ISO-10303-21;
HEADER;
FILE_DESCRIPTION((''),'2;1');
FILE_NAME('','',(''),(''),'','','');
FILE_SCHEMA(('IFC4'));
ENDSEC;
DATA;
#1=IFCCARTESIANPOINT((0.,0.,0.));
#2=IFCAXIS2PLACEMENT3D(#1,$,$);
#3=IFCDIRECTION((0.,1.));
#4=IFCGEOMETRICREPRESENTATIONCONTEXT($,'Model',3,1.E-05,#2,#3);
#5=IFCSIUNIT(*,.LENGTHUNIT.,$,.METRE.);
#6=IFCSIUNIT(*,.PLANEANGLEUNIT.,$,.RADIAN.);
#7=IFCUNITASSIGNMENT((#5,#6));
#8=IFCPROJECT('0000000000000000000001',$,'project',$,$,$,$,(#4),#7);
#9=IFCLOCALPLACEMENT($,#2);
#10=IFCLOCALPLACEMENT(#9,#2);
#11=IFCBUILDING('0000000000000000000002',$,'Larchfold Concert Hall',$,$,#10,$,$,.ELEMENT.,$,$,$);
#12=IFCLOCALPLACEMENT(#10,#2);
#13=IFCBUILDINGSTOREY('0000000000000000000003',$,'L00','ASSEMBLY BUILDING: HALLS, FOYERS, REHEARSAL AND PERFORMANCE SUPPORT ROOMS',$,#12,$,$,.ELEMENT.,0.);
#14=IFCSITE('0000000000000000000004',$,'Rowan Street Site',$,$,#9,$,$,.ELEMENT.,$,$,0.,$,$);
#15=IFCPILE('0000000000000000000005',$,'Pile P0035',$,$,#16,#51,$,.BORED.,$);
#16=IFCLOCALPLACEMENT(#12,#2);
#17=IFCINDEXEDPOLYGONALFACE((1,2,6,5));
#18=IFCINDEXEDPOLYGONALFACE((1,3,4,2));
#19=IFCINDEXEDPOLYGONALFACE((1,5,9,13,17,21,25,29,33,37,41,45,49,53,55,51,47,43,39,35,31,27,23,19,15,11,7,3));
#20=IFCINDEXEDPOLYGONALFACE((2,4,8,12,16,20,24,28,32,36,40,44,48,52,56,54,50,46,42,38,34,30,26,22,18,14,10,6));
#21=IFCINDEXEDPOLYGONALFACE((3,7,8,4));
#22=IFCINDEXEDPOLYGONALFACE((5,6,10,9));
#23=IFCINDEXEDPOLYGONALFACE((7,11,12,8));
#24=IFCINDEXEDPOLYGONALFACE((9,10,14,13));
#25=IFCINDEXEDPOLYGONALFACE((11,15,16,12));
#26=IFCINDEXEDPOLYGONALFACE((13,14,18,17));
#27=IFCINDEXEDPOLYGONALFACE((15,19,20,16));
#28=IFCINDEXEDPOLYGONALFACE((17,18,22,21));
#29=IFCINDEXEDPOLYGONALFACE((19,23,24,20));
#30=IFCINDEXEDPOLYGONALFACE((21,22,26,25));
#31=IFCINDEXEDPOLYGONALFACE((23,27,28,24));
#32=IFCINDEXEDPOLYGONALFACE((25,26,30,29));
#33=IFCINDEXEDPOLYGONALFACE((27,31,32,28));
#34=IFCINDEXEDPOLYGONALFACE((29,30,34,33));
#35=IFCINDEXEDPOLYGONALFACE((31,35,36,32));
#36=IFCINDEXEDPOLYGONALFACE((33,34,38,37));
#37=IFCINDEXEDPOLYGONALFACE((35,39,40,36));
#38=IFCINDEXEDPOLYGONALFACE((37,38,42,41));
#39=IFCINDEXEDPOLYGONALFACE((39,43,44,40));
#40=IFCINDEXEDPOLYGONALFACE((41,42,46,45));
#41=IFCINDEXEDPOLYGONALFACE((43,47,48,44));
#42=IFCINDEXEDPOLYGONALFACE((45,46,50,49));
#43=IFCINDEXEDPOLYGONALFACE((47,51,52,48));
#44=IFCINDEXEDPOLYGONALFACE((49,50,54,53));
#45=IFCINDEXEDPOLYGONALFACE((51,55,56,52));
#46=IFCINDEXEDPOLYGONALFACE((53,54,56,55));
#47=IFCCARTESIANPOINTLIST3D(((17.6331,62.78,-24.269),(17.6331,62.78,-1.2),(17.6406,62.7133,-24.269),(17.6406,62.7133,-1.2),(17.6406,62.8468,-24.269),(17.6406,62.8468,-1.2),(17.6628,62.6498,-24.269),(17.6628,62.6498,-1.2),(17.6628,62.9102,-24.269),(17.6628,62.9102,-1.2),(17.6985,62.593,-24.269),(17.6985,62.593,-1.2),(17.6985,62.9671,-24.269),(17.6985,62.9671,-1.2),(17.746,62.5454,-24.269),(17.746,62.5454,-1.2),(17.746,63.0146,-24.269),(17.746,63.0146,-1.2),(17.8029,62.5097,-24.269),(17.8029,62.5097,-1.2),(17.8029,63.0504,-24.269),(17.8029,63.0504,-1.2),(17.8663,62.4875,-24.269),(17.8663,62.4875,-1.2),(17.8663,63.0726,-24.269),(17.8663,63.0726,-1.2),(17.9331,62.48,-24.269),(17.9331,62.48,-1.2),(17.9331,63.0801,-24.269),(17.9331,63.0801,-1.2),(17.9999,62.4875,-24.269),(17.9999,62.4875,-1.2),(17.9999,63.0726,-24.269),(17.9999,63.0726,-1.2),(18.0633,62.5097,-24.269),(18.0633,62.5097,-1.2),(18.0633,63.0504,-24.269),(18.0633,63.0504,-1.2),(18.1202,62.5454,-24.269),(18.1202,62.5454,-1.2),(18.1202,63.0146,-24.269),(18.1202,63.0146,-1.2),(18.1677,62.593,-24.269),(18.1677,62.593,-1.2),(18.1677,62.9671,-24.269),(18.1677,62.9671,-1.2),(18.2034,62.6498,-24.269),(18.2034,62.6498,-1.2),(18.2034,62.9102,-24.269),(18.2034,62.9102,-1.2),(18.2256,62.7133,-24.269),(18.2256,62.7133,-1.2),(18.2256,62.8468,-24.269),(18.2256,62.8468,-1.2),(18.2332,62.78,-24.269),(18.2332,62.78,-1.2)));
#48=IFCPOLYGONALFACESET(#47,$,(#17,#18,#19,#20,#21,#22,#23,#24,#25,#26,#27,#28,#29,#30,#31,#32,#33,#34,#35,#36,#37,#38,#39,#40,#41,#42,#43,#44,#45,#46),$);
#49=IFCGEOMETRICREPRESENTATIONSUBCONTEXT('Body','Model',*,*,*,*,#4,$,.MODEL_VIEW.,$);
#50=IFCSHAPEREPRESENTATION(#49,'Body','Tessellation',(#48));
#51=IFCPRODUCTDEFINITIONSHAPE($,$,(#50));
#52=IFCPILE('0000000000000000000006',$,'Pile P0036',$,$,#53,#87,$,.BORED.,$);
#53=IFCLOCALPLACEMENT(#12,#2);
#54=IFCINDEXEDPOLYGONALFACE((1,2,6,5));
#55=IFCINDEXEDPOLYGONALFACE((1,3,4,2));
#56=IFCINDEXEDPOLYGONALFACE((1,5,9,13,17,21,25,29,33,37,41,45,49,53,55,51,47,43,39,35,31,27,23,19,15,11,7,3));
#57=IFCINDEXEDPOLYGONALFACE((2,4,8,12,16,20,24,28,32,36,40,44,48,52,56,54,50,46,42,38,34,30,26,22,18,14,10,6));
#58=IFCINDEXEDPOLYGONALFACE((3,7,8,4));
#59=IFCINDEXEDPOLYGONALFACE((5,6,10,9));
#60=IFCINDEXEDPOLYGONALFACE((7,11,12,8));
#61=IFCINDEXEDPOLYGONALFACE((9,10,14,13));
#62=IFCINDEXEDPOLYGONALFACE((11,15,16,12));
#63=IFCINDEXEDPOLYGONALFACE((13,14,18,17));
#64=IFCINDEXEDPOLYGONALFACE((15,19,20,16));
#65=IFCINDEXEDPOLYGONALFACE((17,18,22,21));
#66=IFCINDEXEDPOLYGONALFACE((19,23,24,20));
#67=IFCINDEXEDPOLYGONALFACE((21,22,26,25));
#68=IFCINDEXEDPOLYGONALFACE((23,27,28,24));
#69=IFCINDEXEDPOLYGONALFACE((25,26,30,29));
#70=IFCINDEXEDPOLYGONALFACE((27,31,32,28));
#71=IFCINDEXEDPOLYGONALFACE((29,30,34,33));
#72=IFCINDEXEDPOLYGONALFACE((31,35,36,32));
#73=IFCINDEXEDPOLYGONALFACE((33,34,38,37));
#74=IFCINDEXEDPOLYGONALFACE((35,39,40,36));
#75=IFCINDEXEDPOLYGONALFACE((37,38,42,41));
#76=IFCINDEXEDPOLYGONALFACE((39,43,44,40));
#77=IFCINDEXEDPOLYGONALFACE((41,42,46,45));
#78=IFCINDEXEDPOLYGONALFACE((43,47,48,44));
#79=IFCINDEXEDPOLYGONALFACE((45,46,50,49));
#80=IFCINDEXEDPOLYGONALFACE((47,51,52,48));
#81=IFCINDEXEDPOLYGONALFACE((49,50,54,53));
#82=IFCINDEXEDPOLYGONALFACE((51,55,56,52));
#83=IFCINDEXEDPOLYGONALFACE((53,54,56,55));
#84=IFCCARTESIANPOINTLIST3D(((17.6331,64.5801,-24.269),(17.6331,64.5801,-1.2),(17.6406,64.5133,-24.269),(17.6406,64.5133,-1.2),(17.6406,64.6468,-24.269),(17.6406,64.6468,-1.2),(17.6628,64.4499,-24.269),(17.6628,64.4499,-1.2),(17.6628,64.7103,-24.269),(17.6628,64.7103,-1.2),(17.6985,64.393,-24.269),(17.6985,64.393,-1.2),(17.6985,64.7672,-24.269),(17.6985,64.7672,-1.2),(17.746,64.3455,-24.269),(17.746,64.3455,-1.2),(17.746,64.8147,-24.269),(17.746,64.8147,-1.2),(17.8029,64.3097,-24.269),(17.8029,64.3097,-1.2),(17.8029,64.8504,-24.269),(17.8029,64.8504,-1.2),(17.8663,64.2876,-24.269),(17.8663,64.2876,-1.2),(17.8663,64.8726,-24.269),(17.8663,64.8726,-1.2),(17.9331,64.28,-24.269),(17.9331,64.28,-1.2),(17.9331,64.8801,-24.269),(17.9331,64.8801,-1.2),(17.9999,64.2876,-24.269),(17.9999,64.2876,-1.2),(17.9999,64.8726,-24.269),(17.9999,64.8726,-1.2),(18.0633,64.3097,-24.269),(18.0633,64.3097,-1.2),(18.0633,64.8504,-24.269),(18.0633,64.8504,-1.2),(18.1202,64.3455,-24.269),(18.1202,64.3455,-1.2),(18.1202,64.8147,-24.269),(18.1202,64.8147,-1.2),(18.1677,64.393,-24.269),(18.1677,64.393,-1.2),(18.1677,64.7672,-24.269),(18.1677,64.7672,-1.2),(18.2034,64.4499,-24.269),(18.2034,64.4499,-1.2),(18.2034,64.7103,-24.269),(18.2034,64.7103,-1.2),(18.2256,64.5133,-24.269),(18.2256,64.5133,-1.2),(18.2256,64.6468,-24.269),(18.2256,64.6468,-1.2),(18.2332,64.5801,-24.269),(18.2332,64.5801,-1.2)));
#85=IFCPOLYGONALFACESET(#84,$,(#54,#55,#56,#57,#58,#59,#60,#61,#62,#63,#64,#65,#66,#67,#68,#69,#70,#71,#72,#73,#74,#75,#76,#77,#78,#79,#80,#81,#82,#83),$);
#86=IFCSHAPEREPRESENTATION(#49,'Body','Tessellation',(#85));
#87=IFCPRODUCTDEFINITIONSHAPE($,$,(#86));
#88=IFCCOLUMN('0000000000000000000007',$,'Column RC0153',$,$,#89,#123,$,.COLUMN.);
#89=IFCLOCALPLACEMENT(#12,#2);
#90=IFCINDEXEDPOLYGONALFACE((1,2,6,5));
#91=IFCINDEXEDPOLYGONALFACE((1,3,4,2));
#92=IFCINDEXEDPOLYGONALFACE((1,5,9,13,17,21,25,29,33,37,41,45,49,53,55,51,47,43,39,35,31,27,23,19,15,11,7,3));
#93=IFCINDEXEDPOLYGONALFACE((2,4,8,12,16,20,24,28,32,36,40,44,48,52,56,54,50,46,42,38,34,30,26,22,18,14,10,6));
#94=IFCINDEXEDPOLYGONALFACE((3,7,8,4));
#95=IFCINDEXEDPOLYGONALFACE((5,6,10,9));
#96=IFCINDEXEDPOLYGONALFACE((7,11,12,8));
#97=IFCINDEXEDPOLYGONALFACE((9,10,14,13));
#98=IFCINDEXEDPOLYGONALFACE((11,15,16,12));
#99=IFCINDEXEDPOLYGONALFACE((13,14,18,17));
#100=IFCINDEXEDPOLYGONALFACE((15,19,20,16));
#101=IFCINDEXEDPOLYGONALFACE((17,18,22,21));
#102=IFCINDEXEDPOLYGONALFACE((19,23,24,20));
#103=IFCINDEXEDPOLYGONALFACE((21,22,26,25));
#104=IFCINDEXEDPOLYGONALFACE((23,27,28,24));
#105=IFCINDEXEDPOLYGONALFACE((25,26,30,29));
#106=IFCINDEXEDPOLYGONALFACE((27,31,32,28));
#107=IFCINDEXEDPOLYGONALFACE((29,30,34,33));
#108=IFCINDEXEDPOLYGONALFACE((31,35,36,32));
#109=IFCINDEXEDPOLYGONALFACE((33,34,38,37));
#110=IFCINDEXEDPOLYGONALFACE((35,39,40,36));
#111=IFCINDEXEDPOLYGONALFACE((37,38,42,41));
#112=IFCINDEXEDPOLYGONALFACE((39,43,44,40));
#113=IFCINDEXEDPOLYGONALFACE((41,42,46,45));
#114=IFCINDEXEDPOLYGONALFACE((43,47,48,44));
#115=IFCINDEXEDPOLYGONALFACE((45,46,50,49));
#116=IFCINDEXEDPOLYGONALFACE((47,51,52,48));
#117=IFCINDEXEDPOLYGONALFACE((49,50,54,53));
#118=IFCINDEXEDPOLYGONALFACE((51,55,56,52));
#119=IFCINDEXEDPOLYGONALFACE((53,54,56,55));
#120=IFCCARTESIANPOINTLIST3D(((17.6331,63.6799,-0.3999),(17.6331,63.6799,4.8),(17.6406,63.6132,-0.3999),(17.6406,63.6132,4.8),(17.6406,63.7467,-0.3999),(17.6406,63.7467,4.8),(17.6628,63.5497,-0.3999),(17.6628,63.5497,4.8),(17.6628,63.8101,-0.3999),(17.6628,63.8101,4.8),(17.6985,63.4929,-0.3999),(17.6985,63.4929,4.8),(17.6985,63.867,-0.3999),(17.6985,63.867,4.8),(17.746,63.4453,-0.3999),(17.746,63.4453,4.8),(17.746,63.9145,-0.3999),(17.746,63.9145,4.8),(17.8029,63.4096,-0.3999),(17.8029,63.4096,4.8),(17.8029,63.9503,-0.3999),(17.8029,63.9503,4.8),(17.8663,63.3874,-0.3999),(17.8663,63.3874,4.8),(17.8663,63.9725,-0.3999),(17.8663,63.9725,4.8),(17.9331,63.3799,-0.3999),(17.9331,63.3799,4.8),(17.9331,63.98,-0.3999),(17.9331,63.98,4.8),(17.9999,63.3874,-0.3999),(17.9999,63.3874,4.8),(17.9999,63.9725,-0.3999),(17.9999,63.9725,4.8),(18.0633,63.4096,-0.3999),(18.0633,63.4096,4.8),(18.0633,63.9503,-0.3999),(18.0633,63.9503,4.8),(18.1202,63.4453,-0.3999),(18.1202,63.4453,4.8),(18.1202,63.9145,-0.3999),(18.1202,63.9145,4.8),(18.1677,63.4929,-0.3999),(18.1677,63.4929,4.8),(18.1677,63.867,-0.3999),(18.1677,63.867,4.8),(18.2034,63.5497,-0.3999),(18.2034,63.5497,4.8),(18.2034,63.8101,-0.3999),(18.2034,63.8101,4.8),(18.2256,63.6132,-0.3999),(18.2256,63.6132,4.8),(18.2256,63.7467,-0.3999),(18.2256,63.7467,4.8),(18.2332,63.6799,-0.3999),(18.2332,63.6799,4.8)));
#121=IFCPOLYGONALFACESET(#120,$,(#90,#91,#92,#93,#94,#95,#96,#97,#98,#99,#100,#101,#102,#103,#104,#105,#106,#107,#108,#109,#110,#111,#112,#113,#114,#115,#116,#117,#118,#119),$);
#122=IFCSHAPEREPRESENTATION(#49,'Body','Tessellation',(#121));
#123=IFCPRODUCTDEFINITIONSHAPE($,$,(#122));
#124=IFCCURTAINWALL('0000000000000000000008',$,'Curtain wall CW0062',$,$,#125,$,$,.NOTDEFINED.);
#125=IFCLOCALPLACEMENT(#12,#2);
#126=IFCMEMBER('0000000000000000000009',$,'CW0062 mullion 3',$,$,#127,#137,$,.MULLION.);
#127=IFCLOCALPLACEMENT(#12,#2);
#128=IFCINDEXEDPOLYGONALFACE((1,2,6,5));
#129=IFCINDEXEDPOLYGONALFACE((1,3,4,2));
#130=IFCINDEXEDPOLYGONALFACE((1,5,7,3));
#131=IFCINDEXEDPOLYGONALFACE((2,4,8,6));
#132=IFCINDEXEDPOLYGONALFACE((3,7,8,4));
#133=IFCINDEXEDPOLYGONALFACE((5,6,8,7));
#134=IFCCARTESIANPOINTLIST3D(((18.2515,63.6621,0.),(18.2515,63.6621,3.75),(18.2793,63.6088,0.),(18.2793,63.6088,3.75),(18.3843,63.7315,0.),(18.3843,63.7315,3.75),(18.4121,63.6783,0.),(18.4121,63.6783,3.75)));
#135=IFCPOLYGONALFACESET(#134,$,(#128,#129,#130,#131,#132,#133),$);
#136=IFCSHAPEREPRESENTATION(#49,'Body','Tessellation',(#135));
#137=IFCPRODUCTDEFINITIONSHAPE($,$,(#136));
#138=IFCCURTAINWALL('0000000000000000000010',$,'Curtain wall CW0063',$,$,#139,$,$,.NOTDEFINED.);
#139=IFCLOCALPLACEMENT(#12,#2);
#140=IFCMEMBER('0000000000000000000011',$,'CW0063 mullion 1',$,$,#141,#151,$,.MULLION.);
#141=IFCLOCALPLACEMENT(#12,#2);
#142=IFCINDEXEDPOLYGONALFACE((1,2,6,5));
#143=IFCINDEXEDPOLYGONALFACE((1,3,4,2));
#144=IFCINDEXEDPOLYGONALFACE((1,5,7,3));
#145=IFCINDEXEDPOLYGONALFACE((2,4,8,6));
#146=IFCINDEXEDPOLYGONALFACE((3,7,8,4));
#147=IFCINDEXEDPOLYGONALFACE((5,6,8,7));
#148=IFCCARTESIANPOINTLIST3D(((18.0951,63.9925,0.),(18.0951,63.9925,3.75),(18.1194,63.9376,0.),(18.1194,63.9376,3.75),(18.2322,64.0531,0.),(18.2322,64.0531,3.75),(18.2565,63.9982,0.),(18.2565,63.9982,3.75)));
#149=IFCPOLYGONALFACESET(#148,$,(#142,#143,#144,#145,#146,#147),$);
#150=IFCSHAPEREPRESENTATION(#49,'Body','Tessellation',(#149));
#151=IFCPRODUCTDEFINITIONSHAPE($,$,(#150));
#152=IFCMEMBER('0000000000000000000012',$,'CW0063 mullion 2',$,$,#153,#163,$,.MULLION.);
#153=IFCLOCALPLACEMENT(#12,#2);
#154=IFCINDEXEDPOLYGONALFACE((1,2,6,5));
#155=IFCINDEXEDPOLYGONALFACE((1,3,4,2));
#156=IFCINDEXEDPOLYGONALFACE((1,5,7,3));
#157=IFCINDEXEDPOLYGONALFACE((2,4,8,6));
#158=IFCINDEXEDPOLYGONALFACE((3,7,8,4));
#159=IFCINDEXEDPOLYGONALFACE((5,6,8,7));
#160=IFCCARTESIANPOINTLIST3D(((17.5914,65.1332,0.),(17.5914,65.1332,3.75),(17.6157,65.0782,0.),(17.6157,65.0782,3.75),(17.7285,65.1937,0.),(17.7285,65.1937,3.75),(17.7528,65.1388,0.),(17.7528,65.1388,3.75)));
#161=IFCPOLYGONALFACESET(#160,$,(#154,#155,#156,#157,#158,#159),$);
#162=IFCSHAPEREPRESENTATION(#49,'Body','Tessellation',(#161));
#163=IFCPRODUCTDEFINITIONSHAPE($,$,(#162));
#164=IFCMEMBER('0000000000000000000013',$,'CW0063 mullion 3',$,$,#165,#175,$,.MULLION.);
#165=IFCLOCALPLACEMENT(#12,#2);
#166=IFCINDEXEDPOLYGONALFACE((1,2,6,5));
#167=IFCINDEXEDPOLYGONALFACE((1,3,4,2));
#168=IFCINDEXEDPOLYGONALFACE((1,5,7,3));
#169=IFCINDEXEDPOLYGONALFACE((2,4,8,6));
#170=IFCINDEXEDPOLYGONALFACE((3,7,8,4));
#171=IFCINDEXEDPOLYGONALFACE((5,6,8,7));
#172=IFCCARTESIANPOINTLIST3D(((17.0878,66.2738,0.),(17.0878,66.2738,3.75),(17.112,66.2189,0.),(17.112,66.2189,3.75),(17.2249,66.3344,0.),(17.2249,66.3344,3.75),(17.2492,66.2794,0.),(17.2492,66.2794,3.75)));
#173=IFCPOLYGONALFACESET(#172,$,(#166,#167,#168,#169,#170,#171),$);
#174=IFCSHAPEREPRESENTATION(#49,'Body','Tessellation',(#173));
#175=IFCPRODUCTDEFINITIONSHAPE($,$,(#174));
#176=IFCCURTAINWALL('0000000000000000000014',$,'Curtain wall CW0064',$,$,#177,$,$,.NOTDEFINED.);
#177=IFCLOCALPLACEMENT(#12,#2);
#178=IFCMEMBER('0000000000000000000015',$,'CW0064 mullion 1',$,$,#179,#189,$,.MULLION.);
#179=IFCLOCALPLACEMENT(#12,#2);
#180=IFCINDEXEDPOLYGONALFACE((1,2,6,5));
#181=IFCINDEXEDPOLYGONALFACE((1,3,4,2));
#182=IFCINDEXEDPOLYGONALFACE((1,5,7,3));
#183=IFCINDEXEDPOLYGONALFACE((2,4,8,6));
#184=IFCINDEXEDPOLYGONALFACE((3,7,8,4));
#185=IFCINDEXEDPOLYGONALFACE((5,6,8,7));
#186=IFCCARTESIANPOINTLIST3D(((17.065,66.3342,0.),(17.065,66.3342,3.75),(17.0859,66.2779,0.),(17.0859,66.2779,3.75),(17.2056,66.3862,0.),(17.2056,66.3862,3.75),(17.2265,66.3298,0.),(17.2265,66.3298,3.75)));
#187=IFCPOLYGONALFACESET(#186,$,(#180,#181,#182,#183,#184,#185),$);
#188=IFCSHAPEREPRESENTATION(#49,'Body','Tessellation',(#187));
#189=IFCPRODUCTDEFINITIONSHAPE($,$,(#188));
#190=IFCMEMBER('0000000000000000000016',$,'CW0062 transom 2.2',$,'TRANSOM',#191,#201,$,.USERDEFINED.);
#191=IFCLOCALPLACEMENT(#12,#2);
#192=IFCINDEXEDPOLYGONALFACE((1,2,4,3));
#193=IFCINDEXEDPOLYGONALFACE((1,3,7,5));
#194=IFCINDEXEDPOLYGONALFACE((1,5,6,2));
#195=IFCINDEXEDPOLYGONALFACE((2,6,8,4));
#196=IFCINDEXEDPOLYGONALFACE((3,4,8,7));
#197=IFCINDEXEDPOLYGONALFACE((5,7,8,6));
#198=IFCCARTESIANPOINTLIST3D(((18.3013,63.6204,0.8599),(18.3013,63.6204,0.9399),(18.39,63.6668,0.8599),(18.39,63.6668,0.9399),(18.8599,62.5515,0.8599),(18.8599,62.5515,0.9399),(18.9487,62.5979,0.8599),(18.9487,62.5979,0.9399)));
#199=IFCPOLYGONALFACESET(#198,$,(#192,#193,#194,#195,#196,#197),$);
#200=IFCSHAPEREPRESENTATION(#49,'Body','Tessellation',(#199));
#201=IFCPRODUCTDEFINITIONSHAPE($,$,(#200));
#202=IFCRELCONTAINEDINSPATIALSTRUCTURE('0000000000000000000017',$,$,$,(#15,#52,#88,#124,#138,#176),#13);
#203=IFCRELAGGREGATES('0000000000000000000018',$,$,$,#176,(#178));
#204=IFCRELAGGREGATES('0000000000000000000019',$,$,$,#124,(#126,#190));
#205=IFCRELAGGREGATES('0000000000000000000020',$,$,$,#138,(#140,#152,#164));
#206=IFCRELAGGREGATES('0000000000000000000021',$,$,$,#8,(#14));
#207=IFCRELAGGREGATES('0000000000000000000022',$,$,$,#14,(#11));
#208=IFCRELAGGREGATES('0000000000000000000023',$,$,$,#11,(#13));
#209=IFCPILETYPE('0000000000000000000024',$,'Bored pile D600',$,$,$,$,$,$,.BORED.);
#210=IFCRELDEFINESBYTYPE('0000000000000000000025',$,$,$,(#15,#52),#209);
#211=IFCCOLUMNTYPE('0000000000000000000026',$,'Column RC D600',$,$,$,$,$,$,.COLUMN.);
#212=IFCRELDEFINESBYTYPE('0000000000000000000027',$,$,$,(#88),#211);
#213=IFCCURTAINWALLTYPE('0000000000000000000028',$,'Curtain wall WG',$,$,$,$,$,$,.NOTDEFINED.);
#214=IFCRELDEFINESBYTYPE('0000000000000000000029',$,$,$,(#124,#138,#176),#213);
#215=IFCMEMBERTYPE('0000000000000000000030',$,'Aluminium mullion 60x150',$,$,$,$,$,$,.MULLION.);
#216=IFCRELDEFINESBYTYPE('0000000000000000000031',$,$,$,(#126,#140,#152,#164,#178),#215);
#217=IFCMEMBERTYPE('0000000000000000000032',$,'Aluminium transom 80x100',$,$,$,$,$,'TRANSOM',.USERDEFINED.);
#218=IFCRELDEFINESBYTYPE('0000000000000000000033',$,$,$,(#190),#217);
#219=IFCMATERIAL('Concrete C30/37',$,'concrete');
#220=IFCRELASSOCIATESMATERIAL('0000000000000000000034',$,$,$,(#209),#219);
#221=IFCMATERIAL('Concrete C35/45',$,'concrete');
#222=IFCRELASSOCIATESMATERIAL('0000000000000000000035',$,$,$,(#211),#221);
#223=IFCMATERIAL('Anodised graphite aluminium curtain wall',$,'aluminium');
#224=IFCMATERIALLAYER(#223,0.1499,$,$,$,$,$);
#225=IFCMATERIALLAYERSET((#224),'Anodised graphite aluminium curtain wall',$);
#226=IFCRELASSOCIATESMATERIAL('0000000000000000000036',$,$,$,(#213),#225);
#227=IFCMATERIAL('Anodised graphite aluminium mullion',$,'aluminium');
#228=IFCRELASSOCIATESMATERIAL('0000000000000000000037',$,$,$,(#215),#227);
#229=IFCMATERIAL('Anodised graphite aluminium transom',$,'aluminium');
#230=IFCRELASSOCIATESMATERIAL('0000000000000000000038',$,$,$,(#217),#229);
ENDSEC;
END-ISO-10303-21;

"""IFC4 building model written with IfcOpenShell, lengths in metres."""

from ifc_helpers import new_model, si_unit, direction, frame, origin, origin_2d, place, context, subcontext, project, spatial, rectangle, circle, extrude, material, layer, layer_set, material_profile, profile_set, type_object, element, aggregate, save


model = new_model("IFC4")

# Units and contexts
model_context = context("Model", 3, precision=1e-05, world=origin(), true_north=direction((0.0, 1.0)))
body_context = subcontext(model_context, "Body", "Model", "MODEL_VIEW")
ifc_project = project(units=[si_unit("LENGTHUNIT", "METRE"), si_unit("PLANEANGLEUNIT", "RADIAN")], contexts=[model_context])

# Site, building, storey
site_placement = place(None, origin())
site = spatial("IfcSite", under=ifc_project, at=site_placement, Name="Rowan Street Site", CompositionType="ELEMENT", RefElevation=0.0)
building_placement = place(site_placement, origin())
building = spatial("IfcBuilding", under=site, at=building_placement, Name="Larchfold Concert Hall", CompositionType="ELEMENT")
storey_placement = place(building_placement, origin())
storey = spatial("IfcBuildingStorey", under=building, at=storey_placement, Name="L00", Description="ASSEMBLY BUILDING: HALLS, FOYERS, REHEARSAL AND PERFORMANCE SUPPORT ROOMS", CompositionType="ELEMENT", Elevation=0.0)

# Piles
ifc_material_1 = material(Name="Concrete C30/37", Category="concrete")
ifc_material_profile_1 = material_profile(ifc_material_1, circle(Radius=0.3, at=origin_2d()))
ifc_profile_set_1 = profile_set([ifc_material_profile_1], Name="Concrete C30/37")
pile_type = type_object("IfcPileType", Name="Bored pile D600", PredefinedType="BORED", material=ifc_profile_set_1)
for number, where, z_axis, x_axis, name in (
    (1, (17.9331, 62.78, -1.2), (0.0, 0.0, -1.0), (1.0, 0.0, 0.0), "Pile P0035"),
    (2, (17.9331, 64.5801, -1.2), (0.0, 0.0, -1.0), (1.0, 0.0, 0.0), "Pile P0036"),
):
    element("IfcPile", number, at=place(storey_placement, frame(where, z_axis=z_axis, x_axis=x_axis)), inside=storey, type_object=pile_type, Name=name, PredefinedType="BORED", context=body_context, shape_type="SweptSolid", body=[
        extrude(circle(Radius=0.3, at=origin_2d()), origin(), (0.0, 0.0, 1.0), 23.0691),
    ])

# Column
ifc_material_2 = material(Name="Concrete C35/45", Category="concrete")
ifc_material_profile_2 = material_profile(ifc_material_2, circle(Radius=0.3, at=origin_2d()))
ifc_profile_set_2 = profile_set([ifc_material_profile_2], Name="Concrete C35/45")
column_type = type_object("IfcColumnType", Name="Column RC D600", PredefinedType="COLUMN", material=ifc_profile_set_2)
column_placement = place(storey_placement, frame((17.9331, 63.6799, -0.3999), z_axis=(0.0, 0.0, 1.0), x_axis=(1.0, 0.0, 0.0)))
element("IfcColumn", 3, at=column_placement, inside=storey, type_object=column_type, Name="Column RC0153", PredefinedType="COLUMN", context=body_context, shape_type="SweptSolid", body=[
    extrude(circle(Radius=0.3, at=origin_2d()), origin(), (0.0, 0.0, 1.0), 5.2),
])

# Curtain wall, member
ifc_material_3 = material(Name="Anodised graphite aluminium curtain wall", Category="aluminium")
ifc_layer_1 = layer(ifc_material_3, 0.1499)
ifc_layer_set_1 = layer_set([ifc_layer_1], Name="Anodised graphite aluminium curtain wall")
curtain_wall_type = type_object("IfcCurtainWallType", Name="Curtain wall WG", PredefinedType="NOTDEFINED", material=ifc_layer_set_1)
curtain_wall_1_placement = place(storey_placement, origin())
curtain_wall_1 = element("IfcCurtainWall", 4, at=curtain_wall_1_placement, inside=storey, type_object=curtain_wall_type, Name="Curtain wall CW0062", PredefinedType="NOTDEFINED")
ifc_material_4 = material(Name="Anodised graphite aluminium mullion", Category="aluminium")
ifc_material_profile_3 = material_profile(ifc_material_4, rectangle(XDim=0.1499, YDim=0.0601, at=origin_2d()))
ifc_profile_set_3 = profile_set([ifc_material_profile_3], Name="Anodised graphite aluminium mullion")
member_type_1 = type_object("IfcMemberType", Name="Aluminium mullion 60x150", PredefinedType="MULLION", material=ifc_profile_set_3)
member_1_placement = place(storey_placement, frame((18.3318, 63.6702, 0.0), z_axis=(0.0, 0.0, 1.0), x_axis=(-0.886259, -0.46319, 0.0)))
member_1 = element("IfcMember", 5, at=member_1_placement, type_object=member_type_1, Name="CW0062 mullion 3", PredefinedType="MULLION", context=body_context, shape_type="SweptSolid", body=[
    extrude(rectangle(XDim=0.1499, YDim=0.0601, at=origin_2d()), origin(), (0.0, 0.0, 1.0), 3.75),
])

# Curtain wall, members
curtain_wall_2_placement = place(storey_placement, origin())
curtain_wall_2 = element("IfcCurtainWall", 6, at=curtain_wall_2_placement, inside=storey, type_object=curtain_wall_type, Name="Curtain wall CW0063", PredefinedType="NOTDEFINED")
member_2_placement = place(storey_placement, frame((18.1758, 63.9954, 0.0), z_axis=(0.0, 0.0, 1.0), x_axis=(-0.914747, -0.404026, 0.0)))
member_2 = element("IfcMember", 7, at=member_2_placement, type_object=member_type_1, Name="CW0063 mullion 1", PredefinedType="MULLION", context=body_context, shape_type="SweptSolid", body=[
    extrude(rectangle(XDim=0.1499, YDim=0.0601, at=origin_2d()), origin(), (0.0, 0.0, 1.0), 3.75),
])
member_3_placement = place(storey_placement, frame((17.6721, 65.136, 0.0), z_axis=(0.0, 0.0, 1.0), x_axis=(-0.914747, -0.404026, 0.0)))
member_3 = element("IfcMember", 8, at=member_3_placement, type_object=member_type_1, Name="CW0063 mullion 2", PredefinedType="MULLION", context=body_context, shape_type="SweptSolid", body=[
    extrude(rectangle(XDim=0.1499, YDim=0.0601, at=origin_2d()), origin(), (0.0, 0.0, 1.0), 3.75),
])
member_4_placement = place(storey_placement, frame((17.1685, 66.2766, 0.0), z_axis=(0.0, 0.0, 1.0), x_axis=(-0.914747, -0.404026, 0.0)))
member_4 = element("IfcMember", 9, at=member_4_placement, type_object=member_type_1, Name="CW0063 mullion 3", PredefinedType="MULLION", context=body_context, shape_type="SweptSolid", body=[
    extrude(rectangle(XDim=0.1499, YDim=0.0601, at=origin_2d()), origin(), (0.0, 0.0, 1.0), 3.75),
])

# Curtain wall, member
curtain_wall_3_placement = place(storey_placement, origin())
curtain_wall_3 = element("IfcCurtainWall", 10, at=curtain_wall_3_placement, inside=storey, type_object=curtain_wall_type, Name="Curtain wall CW0064", PredefinedType="NOTDEFINED")
member_5_placement = place(storey_placement, frame((17.1458, 66.332, 0.0), z_axis=(0.0, 0.0, 1.0), x_axis=(-0.938002, -0.346631, 0.0)))
member_5 = element("IfcMember", 11, at=member_5_placement, type_object=member_type_1, Name="CW0064 mullion 1", PredefinedType="MULLION", context=body_context, shape_type="SweptSolid", body=[
    extrude(rectangle(XDim=0.1499, YDim=0.0601, at=origin_2d()), origin(), (0.0, 0.0, 1.0), 3.75),
])

# Member
ifc_material_5 = material(Name="Anodised graphite aluminium transom", Category="aluminium")
ifc_material_profile_4 = material_profile(ifc_material_5, rectangle(XDim=0.1001, YDim=0.0801, at=origin_2d()))
ifc_profile_set_4 = profile_set([ifc_material_profile_4], Name="Anodised graphite aluminium transom")
member_type_2 = type_object("IfcMemberType", Name="Aluminium transom 80x100", ElementType="TRANSOM", PredefinedType="USERDEFINED", material=ifc_profile_set_4)
member_6_placement = place(storey_placement, frame((18.9043, 62.5747, 0.8999), z_axis=(-0.463175, 0.886267, 0.0), x_axis=(-0.886267, -0.463175, 0.0)))
member_6 = element("IfcMember", 12, at=member_6_placement, type_object=member_type_2, Name="CW0062 transom 2.2", ObjectType="TRANSOM", PredefinedType="USERDEFINED", context=body_context, shape_type="SweptSolid", body=[
    extrude(rectangle(XDim=0.1001, YDim=0.0801, at=origin_2d()), origin(), (0.0, 0.0, 1.0), 1.2061),
])
aggregate(curtain_wall_3, [member_5])

aggregate(curtain_wall_1, [member_1, member_6])
aggregate(curtain_wall_2, [member_2, member_3, member_4])

save(model, "model.ifc")
